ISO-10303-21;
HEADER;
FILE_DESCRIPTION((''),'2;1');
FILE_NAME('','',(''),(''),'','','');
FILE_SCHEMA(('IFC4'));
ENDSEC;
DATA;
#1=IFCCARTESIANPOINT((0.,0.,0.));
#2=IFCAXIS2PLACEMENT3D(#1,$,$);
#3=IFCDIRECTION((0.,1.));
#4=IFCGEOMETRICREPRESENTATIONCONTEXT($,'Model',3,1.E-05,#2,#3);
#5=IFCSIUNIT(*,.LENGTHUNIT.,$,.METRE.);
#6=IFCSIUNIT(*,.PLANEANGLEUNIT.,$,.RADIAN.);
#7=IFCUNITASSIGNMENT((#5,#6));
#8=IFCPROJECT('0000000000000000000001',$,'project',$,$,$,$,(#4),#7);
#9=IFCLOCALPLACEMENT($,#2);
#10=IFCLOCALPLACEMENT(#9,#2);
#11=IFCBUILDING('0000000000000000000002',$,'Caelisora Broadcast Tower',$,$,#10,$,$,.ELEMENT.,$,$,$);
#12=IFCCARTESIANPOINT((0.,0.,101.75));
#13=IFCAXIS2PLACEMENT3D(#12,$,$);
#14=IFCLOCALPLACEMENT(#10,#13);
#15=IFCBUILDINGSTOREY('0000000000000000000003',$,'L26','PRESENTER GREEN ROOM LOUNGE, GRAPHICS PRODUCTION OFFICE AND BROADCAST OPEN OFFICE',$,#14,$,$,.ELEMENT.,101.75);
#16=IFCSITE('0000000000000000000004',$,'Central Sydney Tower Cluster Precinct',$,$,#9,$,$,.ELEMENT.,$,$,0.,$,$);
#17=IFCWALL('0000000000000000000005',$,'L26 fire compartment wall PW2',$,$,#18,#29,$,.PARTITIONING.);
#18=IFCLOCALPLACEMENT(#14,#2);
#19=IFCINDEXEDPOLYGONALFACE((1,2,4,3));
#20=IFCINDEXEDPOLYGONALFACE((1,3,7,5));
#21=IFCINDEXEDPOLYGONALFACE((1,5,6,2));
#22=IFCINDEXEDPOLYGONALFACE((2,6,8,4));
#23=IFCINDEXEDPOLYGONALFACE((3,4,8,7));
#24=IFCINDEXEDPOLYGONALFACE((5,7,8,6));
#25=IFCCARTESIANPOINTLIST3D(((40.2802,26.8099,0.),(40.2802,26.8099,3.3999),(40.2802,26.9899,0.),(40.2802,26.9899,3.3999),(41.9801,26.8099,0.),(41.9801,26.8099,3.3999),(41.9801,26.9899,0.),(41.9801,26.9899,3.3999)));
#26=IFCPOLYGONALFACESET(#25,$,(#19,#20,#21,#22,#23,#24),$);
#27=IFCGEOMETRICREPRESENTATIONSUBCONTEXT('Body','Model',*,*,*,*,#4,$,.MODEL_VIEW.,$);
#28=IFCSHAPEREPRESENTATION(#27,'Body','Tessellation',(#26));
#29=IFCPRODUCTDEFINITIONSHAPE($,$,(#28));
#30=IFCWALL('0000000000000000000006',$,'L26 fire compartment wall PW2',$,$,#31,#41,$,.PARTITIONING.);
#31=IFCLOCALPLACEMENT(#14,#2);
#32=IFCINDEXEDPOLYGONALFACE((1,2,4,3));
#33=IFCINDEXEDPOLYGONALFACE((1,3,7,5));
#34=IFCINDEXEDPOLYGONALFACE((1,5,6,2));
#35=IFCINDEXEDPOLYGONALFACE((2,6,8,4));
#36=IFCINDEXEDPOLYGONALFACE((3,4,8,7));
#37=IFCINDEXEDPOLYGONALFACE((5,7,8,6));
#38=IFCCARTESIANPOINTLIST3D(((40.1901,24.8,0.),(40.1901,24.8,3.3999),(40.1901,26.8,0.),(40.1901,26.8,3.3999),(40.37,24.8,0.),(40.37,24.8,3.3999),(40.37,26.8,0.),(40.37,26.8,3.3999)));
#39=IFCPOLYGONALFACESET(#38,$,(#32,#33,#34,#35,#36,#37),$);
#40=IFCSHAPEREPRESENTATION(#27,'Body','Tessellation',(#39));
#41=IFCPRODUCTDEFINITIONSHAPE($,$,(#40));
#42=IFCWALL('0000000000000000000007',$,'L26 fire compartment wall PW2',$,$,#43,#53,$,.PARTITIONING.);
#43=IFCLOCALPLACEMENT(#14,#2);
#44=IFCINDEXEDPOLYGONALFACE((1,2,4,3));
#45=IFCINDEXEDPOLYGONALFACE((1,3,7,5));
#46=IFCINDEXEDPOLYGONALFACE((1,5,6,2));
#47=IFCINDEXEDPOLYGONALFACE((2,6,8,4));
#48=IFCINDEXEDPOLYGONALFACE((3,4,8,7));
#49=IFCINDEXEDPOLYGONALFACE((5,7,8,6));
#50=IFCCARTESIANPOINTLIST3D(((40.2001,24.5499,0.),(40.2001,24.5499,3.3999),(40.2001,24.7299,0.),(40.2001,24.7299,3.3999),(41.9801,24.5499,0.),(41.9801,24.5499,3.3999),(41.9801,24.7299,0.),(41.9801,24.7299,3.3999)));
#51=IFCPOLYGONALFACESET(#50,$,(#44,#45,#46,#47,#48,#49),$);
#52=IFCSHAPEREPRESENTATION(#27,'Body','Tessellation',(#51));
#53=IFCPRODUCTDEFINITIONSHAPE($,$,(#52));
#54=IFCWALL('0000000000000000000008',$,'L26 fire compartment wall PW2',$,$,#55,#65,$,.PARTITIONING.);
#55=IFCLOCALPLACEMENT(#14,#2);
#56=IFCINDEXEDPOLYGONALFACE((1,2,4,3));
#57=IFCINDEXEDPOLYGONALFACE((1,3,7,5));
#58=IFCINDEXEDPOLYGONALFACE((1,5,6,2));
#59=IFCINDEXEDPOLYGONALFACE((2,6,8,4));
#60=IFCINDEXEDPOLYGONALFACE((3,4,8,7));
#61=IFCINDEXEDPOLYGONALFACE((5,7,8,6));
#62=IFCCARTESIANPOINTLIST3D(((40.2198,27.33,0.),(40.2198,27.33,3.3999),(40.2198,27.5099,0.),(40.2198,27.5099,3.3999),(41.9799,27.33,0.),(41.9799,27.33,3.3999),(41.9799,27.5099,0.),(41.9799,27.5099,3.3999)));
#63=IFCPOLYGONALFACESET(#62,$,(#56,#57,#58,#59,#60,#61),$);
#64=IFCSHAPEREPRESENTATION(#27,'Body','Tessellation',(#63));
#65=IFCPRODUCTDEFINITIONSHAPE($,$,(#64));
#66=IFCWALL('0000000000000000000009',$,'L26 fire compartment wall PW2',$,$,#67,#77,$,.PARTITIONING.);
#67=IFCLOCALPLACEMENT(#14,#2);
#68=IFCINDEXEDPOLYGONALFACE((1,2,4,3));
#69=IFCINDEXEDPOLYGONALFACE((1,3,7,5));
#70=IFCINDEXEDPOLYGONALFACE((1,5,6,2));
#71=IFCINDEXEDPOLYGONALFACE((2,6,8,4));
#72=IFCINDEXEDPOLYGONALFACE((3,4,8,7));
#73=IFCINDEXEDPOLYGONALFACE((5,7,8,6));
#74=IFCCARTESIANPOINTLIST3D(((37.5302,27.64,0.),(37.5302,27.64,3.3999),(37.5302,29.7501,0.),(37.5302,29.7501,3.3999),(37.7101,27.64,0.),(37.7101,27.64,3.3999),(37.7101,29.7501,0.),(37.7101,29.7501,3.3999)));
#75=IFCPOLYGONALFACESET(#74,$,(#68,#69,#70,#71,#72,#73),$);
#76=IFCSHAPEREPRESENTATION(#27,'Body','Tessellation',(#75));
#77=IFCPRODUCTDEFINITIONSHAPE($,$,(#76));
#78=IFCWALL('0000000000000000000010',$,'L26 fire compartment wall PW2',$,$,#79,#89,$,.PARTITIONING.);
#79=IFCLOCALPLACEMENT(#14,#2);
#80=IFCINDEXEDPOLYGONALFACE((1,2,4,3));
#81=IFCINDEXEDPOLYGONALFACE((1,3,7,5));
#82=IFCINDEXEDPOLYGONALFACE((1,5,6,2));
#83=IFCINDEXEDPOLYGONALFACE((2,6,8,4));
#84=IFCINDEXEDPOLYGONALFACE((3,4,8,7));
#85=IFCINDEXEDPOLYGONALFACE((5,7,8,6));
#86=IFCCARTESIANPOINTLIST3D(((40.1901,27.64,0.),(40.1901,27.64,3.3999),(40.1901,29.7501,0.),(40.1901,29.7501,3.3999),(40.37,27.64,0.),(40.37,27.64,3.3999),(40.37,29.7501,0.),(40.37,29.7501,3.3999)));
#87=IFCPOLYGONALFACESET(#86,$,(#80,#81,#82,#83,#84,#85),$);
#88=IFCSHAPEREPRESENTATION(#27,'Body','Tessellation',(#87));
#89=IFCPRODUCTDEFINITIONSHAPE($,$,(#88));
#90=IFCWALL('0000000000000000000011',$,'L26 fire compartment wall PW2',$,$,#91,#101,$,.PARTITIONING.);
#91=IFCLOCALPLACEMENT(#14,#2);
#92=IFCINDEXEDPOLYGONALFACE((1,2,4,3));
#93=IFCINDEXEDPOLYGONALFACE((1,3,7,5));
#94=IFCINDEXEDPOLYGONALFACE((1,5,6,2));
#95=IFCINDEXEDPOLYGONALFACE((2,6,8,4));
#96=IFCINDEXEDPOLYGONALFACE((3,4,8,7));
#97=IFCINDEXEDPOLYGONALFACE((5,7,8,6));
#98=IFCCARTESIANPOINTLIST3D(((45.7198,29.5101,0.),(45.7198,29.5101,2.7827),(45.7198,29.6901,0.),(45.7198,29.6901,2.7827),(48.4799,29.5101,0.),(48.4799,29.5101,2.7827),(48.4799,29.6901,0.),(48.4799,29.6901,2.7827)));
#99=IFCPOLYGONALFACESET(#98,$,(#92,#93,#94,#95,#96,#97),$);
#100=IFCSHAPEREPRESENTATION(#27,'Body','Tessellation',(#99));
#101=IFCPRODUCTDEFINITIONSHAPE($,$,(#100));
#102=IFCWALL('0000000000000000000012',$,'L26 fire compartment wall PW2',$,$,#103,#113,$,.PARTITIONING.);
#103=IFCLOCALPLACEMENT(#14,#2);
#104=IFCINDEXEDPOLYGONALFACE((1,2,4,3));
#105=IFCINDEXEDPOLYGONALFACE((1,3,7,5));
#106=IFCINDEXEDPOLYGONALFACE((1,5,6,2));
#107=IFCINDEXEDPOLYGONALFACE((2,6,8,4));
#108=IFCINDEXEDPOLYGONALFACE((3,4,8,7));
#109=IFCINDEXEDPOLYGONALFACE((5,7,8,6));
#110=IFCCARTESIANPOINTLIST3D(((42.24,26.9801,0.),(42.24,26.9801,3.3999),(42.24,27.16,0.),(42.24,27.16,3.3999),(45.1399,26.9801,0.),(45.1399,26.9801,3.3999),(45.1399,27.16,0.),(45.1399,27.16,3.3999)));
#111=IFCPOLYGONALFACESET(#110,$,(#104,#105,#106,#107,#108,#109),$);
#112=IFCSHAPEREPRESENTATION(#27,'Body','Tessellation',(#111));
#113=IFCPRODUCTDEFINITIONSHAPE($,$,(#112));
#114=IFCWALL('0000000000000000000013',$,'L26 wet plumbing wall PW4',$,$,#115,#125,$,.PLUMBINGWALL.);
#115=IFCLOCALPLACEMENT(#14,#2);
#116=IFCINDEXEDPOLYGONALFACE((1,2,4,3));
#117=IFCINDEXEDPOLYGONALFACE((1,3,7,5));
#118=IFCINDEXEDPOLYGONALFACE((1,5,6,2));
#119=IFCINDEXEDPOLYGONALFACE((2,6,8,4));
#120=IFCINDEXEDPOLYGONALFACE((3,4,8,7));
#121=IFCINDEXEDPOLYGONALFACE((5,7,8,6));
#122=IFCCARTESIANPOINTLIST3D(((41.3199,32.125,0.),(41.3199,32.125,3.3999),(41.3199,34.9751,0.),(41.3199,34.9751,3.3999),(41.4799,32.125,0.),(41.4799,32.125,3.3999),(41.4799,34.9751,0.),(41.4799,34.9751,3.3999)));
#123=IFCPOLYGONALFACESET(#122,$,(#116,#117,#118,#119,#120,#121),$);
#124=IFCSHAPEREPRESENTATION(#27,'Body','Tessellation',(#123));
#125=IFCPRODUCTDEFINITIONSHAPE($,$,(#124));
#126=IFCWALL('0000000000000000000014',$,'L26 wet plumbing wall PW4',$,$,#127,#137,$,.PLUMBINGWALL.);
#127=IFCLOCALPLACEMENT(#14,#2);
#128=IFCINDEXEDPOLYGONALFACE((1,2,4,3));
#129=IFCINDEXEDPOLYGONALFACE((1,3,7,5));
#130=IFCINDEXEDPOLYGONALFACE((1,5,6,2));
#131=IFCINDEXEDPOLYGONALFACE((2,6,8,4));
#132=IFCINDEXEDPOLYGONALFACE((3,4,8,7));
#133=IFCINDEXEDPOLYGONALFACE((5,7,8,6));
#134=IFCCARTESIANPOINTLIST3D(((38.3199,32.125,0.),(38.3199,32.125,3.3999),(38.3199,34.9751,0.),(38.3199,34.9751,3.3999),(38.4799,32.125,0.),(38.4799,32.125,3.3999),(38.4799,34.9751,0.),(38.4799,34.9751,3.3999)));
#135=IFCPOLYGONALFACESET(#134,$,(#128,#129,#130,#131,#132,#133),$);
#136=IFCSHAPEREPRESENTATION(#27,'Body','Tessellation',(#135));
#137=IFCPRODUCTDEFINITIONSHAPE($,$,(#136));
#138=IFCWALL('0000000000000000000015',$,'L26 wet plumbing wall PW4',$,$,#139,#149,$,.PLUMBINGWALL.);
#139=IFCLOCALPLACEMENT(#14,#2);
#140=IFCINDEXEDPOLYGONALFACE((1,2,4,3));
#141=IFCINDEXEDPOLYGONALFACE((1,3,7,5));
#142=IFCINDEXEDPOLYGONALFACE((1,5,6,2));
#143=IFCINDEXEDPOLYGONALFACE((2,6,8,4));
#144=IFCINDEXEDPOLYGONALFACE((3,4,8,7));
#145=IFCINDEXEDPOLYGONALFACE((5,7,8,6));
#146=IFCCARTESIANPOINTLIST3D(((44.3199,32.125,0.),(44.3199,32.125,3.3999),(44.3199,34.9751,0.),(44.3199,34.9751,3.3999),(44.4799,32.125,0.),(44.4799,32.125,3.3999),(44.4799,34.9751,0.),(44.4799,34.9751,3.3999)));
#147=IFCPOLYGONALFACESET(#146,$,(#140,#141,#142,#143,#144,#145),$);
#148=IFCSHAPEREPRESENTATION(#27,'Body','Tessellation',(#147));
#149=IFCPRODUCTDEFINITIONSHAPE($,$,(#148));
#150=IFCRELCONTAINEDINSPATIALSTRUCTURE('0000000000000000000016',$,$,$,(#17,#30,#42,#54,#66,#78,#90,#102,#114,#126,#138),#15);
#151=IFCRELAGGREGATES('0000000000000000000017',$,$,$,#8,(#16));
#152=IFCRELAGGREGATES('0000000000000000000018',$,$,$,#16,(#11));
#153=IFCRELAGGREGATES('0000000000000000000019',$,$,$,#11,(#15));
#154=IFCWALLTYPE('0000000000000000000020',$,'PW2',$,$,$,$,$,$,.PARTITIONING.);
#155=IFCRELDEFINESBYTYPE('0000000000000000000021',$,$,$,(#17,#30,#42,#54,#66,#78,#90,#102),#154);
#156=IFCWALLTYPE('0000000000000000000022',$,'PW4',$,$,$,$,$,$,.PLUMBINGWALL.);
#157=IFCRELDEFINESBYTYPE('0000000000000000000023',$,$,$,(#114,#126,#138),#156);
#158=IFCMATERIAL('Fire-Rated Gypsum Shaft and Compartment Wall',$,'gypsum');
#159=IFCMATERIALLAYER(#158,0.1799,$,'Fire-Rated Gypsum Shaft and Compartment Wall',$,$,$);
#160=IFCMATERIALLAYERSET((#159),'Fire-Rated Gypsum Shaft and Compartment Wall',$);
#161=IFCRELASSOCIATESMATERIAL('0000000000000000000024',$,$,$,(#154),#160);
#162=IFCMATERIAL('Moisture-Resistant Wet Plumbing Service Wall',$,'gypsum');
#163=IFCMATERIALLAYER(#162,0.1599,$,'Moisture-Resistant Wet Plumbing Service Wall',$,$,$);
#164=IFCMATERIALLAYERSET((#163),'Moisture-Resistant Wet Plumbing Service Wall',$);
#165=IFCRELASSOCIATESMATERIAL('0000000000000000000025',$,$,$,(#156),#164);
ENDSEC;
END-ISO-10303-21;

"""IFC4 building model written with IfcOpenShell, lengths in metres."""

from ifc_helpers import new_model, si_unit, direction, frame, frame_2d, origin, place, context, subcontext, project, spatial, rectangle, extrude, material, layer, layer_set, type_object, element, save


model = new_model("IFC4")

# Units and contexts
model_context = context("Model", 3, precision=1e-05, world=origin(), true_north=direction((0.0, 1.0)))
body_context = subcontext(model_context, "Body", "Model", "MODEL_VIEW")
ifc_project = project(units=[si_unit("LENGTHUNIT", "METRE"), si_unit("PLANEANGLEUNIT", "RADIAN")], contexts=[model_context])

# Site, building, storey
site_placement = place(None, origin())
site = spatial("IfcSite", under=ifc_project, at=site_placement, Name="Central Sydney Tower Cluster Precinct", CompositionType="ELEMENT", RefElevation=0.0)
building_placement = place(site_placement, origin())
building = spatial("IfcBuilding", under=site, at=building_placement, Name="Caelisora Broadcast Tower", CompositionType="ELEMENT")
storey_placement = place(building_placement, frame((0.0, 0.0, 101.75)))
storey = spatial("IfcBuildingStorey", under=building, at=storey_placement, Name="L26", Description="PRESENTER GREEN ROOM LOUNGE, GRAPHICS PRODUCTION OFFICE AND BROADCAST OPEN OFFICE", CompositionType="ELEMENT", Elevation=101.75)

# Walls
ifc_material_1 = material(Name="Fire-Rated Gypsum Shaft and Compartment Wall", Category="gypsum")
ifc_layer_1 = layer(ifc_material_1, 0.1799, Name="Fire-Rated Gypsum Shaft and Compartment Wall")
ifc_layer_set_1 = layer_set([ifc_layer_1], Name="Fire-Rated Gypsum Shaft and Compartment Wall")
wall_type_1 = type_object("IfcWallType", Name="PW2", PredefinedType="PARTITIONING", material=ifc_layer_set_1)
wall_1_placement = place(storey_placement, frame((40.28, 26.8999, 0.0), z_axis=(0.0, 0.0, 1.0), x_axis=(1.0, 0.0, 0.0)))
element("IfcWall", 1, at=wall_1_placement, inside=storey, type_object=wall_type_1, Name="L26 fire compartment wall PW2", PredefinedType="PARTITIONING", context=body_context, shape_type="SweptSolid", body=[
    extrude(rectangle(XDim=1.7, YDim=0.1799, at=frame_2d((0.8501, 0.0))), origin(), (0.0, 0.0, 1.0), 3.3999),
])
wall_2_placement = place(storey_placement, frame((40.28, 24.8, 0.0), z_axis=(0.0, 0.0, 1.0), x_axis=(0.0, 1.0, 0.0)))
element("IfcWall", 2, at=wall_2_placement, inside=storey, type_object=wall_type_1, Name="L26 fire compartment wall PW2", PredefinedType="PARTITIONING", context=body_context, shape_type="SweptSolid", body=[
    extrude(rectangle(XDim=2.0, YDim=0.1799, at=frame_2d((1.0, 0.0))), origin(), (0.0, 0.0, 1.0), 3.3999),
])
wall_3_placement = place(storey_placement, frame((40.2, 24.6399, 0.0), z_axis=(0.0, 0.0, 1.0), x_axis=(1.0, 0.0, 0.0)))
element("IfcWall", 3, at=wall_3_placement, inside=storey, type_object=wall_type_1, Name="L26 fire compartment wall PW2", PredefinedType="PARTITIONING", context=body_context, shape_type="SweptSolid", body=[
    extrude(rectangle(XDim=1.78, YDim=0.1799, at=frame_2d((0.8901, 0.0))), origin(), (0.0, 0.0, 1.0), 3.3999),
])
wall_4_placement = place(storey_placement, frame((40.22, 27.4199, 0.0), z_axis=(0.0, 0.0, 1.0), x_axis=(1.0, 0.0, 0.0)))
element("IfcWall", 4, at=wall_4_placement, inside=storey, type_object=wall_type_1, Name="L26 fire compartment wall PW2", PredefinedType="PARTITIONING", context=body_context, shape_type="SweptSolid", body=[
    extrude(rectangle(XDim=1.76, YDim=0.1799, at=frame_2d((0.8799, 0.0))), origin(), (0.0, 0.0, 1.0), 3.3999),
])
for number, where, z_axis, x_axis, name in (
    (5, (37.6201, 27.6399, 0.0), (0.0, 0.0, 1.0), (0.0, 1.0, 0.0), "L26 fire compartment wall PW2"),
    (6, (40.28, 27.6399, 0.0), (0.0, 0.0, 1.0), (0.0, 1.0, 0.0), "L26 fire compartment wall PW2"),
):
    element("IfcWall", number, at=place(storey_placement, frame(where, z_axis=z_axis, x_axis=x_axis)), inside=storey, type_object=wall_type_1, Name=name, PredefinedType="PARTITIONING", context=body_context, shape_type="SweptSolid", body=[
        extrude(rectangle(XDim=2.1101, YDim=0.1799, at=frame_2d((1.0552, 0.0))), origin(), (0.0, 0.0, 1.0), 3.3999),
    ])
wall_5_placement = place(storey_placement, frame((45.72, 29.6001, 0.0), z_axis=(0.0, 0.0, 1.0), x_axis=(1.0, 0.0, 0.0)))
element("IfcWall", 7, at=wall_5_placement, inside=storey, type_object=wall_type_1, Name="L26 fire compartment wall PW2", PredefinedType="PARTITIONING", context=body_context, shape_type="SweptSolid", body=[
    extrude(rectangle(XDim=2.76, YDim=0.1799, at=frame_2d((1.3799, 0.0))), origin(), (0.0, 0.0, 1.0), 2.7827),
])
wall_6_placement = place(storey_placement, frame((42.24, 27.0701, 0.0), z_axis=(0.0, 0.0, 1.0), x_axis=(1.0, 0.0, 0.0)))
element("IfcWall", 8, at=wall_6_placement, inside=storey, type_object=wall_type_1, Name="L26 fire compartment wall PW2", PredefinedType="PARTITIONING", context=body_context, shape_type="SweptSolid", body=[
    extrude(rectangle(XDim=2.8999, YDim=0.1799, at=frame_2d((1.45, 0.0))), origin(), (0.0, 0.0, 1.0), 3.3999),
])

# Walls
ifc_material_2 = material(Name="Moisture-Resistant Wet Plumbing Service Wall", Category="gypsum")
ifc_layer_2 = layer(ifc_material_2, 0.1599, Name="Moisture-Resistant Wet Plumbing Service Wall")
ifc_layer_set_2 = layer_set([ifc_layer_2], Name="Moisture-Resistant Wet Plumbing Service Wall")
wall_type_2 = type_object("IfcWallType", Name="PW4", PredefinedType="PLUMBINGWALL", material=ifc_layer_set_2)
for number, where, z_axis, x_axis, name in (
    (9, (41.3999, 32.125, 0.0), (0.0, 0.0, 1.0), (0.0, 1.0, 0.0), "L26 wet plumbing wall PW4"),
    (10, (38.3999, 32.125, 0.0), (0.0, 0.0, 1.0), (0.0, 1.0, 0.0), "L26 wet plumbing wall PW4"),
    (11, (44.3999, 32.125, 0.0), (0.0, 0.0, 1.0), (0.0, 1.0, 0.0), "L26 wet plumbing wall PW4"),
):
    element("IfcWall", number, at=place(storey_placement, frame(where, z_axis=z_axis, x_axis=x_axis)), inside=storey, type_object=wall_type_2, Name=name, PredefinedType="PLUMBINGWALL", context=body_context, shape_type="SweptSolid", body=[
        extrude(rectangle(XDim=2.8501, YDim=0.1599, at=frame_2d((1.425, 0.0))), origin(), (0.0, 0.0, 1.0), 3.3999),
    ])

save(model, "model.ifc")
